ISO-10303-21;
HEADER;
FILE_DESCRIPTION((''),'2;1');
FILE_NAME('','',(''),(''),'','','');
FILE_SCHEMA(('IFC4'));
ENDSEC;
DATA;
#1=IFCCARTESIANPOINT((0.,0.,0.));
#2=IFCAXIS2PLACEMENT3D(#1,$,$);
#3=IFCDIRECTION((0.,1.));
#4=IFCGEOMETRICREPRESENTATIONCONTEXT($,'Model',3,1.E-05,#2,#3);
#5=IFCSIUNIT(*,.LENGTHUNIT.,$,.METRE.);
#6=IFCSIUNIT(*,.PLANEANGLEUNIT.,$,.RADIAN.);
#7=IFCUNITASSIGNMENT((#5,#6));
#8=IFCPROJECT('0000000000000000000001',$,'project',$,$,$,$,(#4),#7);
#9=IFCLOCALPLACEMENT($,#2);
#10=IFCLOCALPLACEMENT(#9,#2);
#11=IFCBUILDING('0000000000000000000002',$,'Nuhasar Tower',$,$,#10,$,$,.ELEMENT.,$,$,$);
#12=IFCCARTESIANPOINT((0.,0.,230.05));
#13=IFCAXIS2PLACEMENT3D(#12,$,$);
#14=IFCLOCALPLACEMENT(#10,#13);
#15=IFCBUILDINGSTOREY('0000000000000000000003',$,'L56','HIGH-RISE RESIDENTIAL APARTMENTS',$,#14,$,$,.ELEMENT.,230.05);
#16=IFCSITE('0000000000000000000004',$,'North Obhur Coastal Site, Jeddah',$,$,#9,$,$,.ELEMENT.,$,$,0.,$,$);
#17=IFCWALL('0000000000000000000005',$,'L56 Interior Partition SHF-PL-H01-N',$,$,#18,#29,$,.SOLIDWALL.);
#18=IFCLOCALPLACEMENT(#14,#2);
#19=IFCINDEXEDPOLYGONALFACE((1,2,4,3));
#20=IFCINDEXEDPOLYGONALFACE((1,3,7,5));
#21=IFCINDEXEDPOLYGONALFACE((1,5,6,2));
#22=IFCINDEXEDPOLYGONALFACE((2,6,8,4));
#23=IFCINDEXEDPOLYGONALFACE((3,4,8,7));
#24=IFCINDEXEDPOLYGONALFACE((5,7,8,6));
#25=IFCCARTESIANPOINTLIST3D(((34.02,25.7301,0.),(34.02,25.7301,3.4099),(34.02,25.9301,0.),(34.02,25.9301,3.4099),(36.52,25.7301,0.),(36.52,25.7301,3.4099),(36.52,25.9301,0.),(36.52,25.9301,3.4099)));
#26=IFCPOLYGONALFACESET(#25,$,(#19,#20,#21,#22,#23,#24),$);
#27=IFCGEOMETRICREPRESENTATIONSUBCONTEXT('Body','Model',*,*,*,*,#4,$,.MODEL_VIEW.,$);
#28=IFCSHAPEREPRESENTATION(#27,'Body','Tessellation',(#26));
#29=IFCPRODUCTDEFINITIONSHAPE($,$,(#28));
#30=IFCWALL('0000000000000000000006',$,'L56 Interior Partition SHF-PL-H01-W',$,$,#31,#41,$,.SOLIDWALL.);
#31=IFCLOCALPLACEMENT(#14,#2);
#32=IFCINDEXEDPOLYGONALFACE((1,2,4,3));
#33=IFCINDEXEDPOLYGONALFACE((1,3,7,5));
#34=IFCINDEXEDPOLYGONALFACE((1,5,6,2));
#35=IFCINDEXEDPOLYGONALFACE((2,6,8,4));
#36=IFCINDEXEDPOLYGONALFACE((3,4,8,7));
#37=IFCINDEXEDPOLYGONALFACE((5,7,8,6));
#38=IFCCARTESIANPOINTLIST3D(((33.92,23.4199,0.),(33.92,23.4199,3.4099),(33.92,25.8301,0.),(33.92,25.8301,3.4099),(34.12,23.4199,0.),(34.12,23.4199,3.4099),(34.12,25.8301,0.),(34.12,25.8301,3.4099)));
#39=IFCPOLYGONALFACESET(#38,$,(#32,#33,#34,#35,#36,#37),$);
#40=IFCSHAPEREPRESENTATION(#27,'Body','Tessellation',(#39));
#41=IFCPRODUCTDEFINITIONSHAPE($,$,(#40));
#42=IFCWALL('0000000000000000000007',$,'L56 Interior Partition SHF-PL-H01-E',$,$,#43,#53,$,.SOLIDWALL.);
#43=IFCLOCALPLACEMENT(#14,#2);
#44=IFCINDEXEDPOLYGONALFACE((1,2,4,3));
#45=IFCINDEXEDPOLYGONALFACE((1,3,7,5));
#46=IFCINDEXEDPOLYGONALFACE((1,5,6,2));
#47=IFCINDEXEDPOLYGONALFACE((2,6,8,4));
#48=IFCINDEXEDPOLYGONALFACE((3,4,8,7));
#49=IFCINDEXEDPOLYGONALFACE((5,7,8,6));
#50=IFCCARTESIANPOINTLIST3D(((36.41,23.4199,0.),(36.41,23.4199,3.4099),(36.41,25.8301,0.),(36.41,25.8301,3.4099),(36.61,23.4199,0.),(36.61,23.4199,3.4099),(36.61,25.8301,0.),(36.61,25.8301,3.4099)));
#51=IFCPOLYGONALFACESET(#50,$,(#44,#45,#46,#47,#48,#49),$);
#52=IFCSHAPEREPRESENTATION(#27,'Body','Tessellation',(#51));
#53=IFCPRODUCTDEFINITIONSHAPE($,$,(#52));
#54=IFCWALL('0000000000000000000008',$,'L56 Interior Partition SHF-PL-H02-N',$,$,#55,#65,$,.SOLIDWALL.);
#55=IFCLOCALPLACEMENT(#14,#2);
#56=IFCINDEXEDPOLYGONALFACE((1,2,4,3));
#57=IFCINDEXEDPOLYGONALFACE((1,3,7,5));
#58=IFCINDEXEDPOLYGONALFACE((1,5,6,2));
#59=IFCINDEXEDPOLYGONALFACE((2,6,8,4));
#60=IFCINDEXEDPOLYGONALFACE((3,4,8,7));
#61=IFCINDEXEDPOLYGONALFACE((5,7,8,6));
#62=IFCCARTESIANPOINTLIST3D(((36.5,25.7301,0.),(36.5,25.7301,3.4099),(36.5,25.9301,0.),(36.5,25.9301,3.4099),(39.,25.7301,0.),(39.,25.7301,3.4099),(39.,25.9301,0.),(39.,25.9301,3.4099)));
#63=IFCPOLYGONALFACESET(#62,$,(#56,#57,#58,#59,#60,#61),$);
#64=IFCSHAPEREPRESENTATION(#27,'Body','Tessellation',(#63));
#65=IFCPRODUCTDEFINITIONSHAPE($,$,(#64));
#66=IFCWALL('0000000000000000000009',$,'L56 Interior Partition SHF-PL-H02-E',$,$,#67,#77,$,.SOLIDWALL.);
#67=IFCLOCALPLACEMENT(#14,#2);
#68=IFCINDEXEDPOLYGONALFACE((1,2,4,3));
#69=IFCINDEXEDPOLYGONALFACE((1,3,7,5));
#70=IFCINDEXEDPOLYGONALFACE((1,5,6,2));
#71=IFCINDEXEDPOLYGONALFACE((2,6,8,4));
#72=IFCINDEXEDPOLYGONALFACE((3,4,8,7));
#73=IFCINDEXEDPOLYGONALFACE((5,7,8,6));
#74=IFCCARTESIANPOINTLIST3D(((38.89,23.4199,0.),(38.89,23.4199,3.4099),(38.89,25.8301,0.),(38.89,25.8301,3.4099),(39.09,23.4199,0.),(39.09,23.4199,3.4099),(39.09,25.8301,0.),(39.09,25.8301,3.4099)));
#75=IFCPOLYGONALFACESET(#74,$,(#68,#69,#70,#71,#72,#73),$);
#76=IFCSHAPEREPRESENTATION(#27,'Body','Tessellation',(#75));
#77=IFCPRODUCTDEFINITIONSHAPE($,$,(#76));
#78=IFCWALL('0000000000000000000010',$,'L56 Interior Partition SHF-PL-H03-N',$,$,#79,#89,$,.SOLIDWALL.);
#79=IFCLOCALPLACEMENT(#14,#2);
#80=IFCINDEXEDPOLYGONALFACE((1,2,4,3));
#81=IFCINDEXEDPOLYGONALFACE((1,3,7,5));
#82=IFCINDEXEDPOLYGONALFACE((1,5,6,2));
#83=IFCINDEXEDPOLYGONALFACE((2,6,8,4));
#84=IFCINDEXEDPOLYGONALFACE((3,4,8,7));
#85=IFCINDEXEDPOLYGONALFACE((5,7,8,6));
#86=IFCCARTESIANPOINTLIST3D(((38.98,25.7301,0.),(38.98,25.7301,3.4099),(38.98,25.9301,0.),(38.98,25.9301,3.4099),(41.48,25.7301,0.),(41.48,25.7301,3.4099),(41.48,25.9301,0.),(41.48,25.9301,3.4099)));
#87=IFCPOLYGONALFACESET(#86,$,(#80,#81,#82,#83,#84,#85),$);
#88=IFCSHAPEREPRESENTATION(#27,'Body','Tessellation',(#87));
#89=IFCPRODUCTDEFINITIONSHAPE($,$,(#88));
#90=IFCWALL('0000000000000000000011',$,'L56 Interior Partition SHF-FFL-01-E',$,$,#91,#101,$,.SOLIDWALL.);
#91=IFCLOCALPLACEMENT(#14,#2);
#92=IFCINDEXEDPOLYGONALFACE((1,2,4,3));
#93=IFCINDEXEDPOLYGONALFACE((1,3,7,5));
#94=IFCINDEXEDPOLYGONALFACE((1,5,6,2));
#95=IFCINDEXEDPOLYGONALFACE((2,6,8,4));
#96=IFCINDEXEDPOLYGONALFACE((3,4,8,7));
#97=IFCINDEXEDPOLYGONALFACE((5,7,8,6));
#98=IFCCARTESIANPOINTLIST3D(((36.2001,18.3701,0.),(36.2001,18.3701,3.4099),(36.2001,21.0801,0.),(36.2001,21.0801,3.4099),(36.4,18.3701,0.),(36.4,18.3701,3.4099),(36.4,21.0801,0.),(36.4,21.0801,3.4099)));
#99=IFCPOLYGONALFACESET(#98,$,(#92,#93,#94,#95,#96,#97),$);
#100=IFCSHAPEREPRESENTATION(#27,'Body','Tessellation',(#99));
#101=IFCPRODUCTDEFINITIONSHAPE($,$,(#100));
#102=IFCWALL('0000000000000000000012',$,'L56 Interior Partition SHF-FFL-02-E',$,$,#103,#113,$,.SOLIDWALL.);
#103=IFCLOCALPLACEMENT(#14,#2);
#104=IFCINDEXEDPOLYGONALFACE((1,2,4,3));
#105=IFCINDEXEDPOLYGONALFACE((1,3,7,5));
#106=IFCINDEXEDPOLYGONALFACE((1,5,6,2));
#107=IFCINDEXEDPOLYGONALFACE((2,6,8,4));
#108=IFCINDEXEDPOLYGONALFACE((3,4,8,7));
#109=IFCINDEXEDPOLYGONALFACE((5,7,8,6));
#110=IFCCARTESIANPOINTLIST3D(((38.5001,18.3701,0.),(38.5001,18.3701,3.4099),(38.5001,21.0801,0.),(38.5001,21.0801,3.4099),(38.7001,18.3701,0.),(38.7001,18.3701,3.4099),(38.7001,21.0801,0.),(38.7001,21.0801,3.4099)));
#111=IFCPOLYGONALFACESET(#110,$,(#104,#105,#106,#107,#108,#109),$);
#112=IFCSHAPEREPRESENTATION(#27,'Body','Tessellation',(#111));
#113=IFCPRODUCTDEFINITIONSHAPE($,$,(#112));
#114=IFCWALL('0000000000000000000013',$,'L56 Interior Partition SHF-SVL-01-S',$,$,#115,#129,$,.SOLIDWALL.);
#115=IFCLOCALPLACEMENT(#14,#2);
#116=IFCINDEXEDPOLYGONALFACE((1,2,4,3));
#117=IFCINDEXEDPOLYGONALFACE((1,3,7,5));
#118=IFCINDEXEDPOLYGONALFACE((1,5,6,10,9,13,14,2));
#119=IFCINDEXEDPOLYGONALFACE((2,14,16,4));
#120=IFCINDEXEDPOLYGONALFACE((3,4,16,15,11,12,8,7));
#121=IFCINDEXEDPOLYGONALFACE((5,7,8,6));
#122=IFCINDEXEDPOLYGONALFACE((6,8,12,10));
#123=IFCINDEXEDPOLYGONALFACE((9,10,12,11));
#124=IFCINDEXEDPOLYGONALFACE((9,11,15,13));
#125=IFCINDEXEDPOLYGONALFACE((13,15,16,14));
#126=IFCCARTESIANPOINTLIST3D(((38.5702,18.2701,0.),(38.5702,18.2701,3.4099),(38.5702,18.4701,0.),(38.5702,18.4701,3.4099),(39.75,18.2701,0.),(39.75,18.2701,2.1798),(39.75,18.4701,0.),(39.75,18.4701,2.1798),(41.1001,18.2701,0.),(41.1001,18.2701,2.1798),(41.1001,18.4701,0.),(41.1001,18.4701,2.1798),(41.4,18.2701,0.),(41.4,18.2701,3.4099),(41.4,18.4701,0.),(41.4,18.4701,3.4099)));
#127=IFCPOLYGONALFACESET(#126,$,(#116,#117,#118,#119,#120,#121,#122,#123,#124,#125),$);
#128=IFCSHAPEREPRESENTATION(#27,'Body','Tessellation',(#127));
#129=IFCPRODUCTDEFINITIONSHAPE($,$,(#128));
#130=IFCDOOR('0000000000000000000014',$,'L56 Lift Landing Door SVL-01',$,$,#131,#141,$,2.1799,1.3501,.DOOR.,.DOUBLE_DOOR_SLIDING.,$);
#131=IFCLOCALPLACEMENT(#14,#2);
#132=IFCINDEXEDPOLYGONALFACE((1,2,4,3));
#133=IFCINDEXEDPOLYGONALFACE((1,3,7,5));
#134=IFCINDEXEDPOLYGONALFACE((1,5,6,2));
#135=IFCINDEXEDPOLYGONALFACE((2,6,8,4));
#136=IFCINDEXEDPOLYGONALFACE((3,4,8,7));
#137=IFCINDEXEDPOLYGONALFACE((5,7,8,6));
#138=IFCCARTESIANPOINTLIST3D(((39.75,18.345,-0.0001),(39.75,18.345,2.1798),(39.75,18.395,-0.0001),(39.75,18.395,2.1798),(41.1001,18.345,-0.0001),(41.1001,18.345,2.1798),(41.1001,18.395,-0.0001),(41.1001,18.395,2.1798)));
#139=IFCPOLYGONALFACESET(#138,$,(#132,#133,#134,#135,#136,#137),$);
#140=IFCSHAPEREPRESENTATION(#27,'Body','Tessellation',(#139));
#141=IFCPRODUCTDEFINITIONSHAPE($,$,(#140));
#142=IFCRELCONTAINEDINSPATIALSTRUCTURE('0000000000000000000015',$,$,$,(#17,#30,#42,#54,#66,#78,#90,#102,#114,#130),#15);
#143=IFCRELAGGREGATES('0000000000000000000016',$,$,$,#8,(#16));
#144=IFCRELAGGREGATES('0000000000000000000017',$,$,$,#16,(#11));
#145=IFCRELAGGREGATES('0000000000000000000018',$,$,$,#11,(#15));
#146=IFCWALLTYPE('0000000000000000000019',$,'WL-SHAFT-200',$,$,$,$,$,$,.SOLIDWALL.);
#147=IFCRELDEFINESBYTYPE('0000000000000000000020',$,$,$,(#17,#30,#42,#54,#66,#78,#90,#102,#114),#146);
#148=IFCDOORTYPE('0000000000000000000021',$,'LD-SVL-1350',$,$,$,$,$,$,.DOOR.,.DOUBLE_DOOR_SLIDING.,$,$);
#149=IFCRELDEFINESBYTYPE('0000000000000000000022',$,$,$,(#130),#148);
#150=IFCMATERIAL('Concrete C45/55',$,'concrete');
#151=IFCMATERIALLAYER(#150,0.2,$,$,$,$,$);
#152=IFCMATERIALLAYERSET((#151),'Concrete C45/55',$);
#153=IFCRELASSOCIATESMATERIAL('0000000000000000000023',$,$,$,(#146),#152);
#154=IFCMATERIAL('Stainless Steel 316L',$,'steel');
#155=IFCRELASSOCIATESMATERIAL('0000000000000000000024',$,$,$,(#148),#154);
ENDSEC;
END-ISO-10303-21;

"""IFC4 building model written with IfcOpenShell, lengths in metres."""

from ifc_helpers import new_model, si_unit, direction, frame, frame_2d, origin, place, context, subcontext, project, spatial, rectangle, extrude, material, layer, layer_set, type_object, element, fill, save


model = new_model("IFC4")

# Units and contexts
model_context = context("Model", 3, precision=1e-05, world=origin(), true_north=direction((0.0, 1.0)))
body_context = subcontext(model_context, "Body", "Model", "MODEL_VIEW")
ifc_project = project(units=[si_unit("LENGTHUNIT", "METRE"), si_unit("PLANEANGLEUNIT", "RADIAN")], contexts=[model_context])

# Site, building, storey
site_placement = place(None, origin())
site = spatial("IfcSite", under=ifc_project, at=site_placement, Name="North Obhur Coastal Site, Jeddah", CompositionType="ELEMENT", RefElevation=0.0)
building_placement = place(site_placement, origin())
building = spatial("IfcBuilding", under=site, at=building_placement, Name="Nuhasar Tower", CompositionType="ELEMENT")
storey_placement = place(building_placement, frame((0.0, 0.0, 230.05)))
storey = spatial("IfcBuildingStorey", under=building, at=storey_placement, Name="L56", Description="HIGH-RISE RESIDENTIAL APARTMENTS", CompositionType="ELEMENT", Elevation=230.05)

# Shared definitions
ifc_material_1 = material(Name="Concrete C45/55", Category="concrete")

# Shared definitions
ifc_layer_1 = layer(ifc_material_1, 0.2)
ifc_layer_set_1 = layer_set([ifc_layer_1], Name="Concrete C45/55")
wall_type_1 = type_object("IfcWallType", Name="WL-SHAFT-200", PredefinedType="SOLIDWALL", material=ifc_layer_set_1)
ifc_material_2 = material(Name="Stainless Steel 316L", Category="steel")

# Walls
wall_1_placement = place(storey_placement, frame((34.02, 25.8301, 0.0), z_axis=(0.0, 0.0, 1.0), x_axis=(1.0, 0.0, 0.0)))
element("IfcWall", 1, at=wall_1_placement, inside=storey, type_object=wall_type_1, Name="L56 Interior Partition SHF-PL-H01-N", PredefinedType="SOLIDWALL", context=body_context, shape_type="SweptSolid", body=[
    extrude(rectangle(XDim=2.5, YDim=0.2, at=frame_2d((1.25, 0.0))), origin(), (0.0, 0.0, 1.0), 3.4099),
])
for number, where, z_axis, x_axis, name in (
    (2, (34.02, 23.4199, 0.0), (0.0, 0.0, 1.0), (0.0, 1.0, 0.0), "L56 Interior Partition SHF-PL-H01-W"),
    (3, (36.51, 23.4199, 0.0), (0.0, 0.0, 1.0), (0.0, 1.0, 0.0), "L56 Interior Partition SHF-PL-H01-E"),
):
    element("IfcWall", number, at=place(storey_placement, frame(where, z_axis=z_axis, x_axis=x_axis)), inside=storey, type_object=wall_type_1, Name=name, PredefinedType="SOLIDWALL", context=body_context, shape_type="SweptSolid", body=[
        extrude(rectangle(XDim=2.4102, YDim=0.2, at=frame_2d((1.2051, 0.0))), origin(), (0.0, 0.0, 1.0), 3.4099),
    ])

# Walls
wall_2_placement = place(storey_placement, frame((36.5, 25.8301, 0.0), z_axis=(0.0, 0.0, 1.0), x_axis=(1.0, 0.0, 0.0)))
element("IfcWall", 4, at=wall_2_placement, inside=storey, type_object=wall_type_1, Name="L56 Interior Partition SHF-PL-H02-N", PredefinedType="SOLIDWALL", context=body_context, shape_type="SweptSolid", body=[
    extrude(rectangle(XDim=2.5, YDim=0.2, at=frame_2d((1.25, 0.0))), origin(), (0.0, 0.0, 1.0), 3.4099),
])
wall_3_placement = place(storey_placement, frame((38.99, 23.4199, 0.0), z_axis=(0.0, 0.0, 1.0), x_axis=(0.0, 1.0, 0.0)))
element("IfcWall", 5, at=wall_3_placement, inside=storey, type_object=wall_type_1, Name="L56 Interior Partition SHF-PL-H02-E", PredefinedType="SOLIDWALL", context=body_context, shape_type="SweptSolid", body=[
    extrude(rectangle(XDim=2.4102, YDim=0.2, at=frame_2d((1.2051, 0.0))), origin(), (0.0, 0.0, 1.0), 3.4099),
])

# Walls
wall_4_placement = place(storey_placement, frame((38.98, 25.8301, 0.0), z_axis=(0.0, 0.0, 1.0), x_axis=(1.0, 0.0, 0.0)))
element("IfcWall", 6, at=wall_4_placement, inside=storey, type_object=wall_type_1, Name="L56 Interior Partition SHF-PL-H03-N", PredefinedType="SOLIDWALL", context=body_context, shape_type="SweptSolid", body=[
    extrude(rectangle(XDim=2.5, YDim=0.2, at=frame_2d((1.25, 0.0))), origin(), (0.0, 0.0, 1.0), 3.4099),
])
for number, where, z_axis, x_axis, name in (
    (7, (36.3, 18.3701, 0.0), (0.0, 0.0, 1.0), (0.0, 1.0, 0.0), "L56 Interior Partition SHF-FFL-01-E"),
    (8, (38.6001, 18.3701, 0.0), (0.0, 0.0, 1.0), (0.0, 1.0, 0.0), "L56 Interior Partition SHF-FFL-02-E"),
):
    element("IfcWall", number, at=place(storey_placement, frame(where, z_axis=z_axis, x_axis=x_axis)), inside=storey, type_object=wall_type_1, Name=name, PredefinedType="SOLIDWALL", context=body_context, shape_type="SweptSolid", body=[
        extrude(rectangle(XDim=2.71, YDim=0.2, at=frame_2d((1.355, 0.0))), origin(), (0.0, 0.0, 1.0), 3.4099),
    ])

# Wall, opening, door
wall_5_placement = place(storey_placement, frame((38.5701, 18.3701, 0.0), z_axis=(0.0, 0.0, 1.0), x_axis=(1.0, 0.0, 0.0)))
wall_5 = element("IfcWall", 9, at=wall_5_placement, inside=storey, type_object=wall_type_1, Name="L56 Interior Partition SHF-SVL-01-S", PredefinedType="SOLIDWALL", context=body_context, shape_type="SweptSolid", body=[
    extrude(rectangle(XDim=2.8298, YDim=0.2, at=frame_2d((1.415, 0.0))), origin(), (0.0, 0.0, 1.0), 3.4099),
])
opening_1_placement = place(wall_5_placement, frame((1.1799, 0.0, 0.0)))
opening_1 = element("IfcOpeningElement", 10, at=opening_1_placement, cuts=wall_5, PredefinedType="OPENING", context=body_context, shape_type="SweptSolid", body=[
    extrude(rectangle(XDim=1.3501, YDim=2.1799, at=frame_2d((0.675, 1.0898))), frame((0.0, 0.1099, 0.0), z_axis=(0.0, -1.0, 0.0), x_axis=(1.0, 0.0, 0.0)), (0.0, 0.0, 1.0), 0.22),
])
door_type_1 = type_object("IfcDoorType", Name="LD-SVL-1350", OperationType="DOUBLE_DOOR_SLIDING", PredefinedType="DOOR", material=ifc_material_2)
door_1_placement = place(opening_1_placement, origin())
door_1 = element("IfcDoor", 11, at=door_1_placement, inside=storey, type_object=door_type_1, Name="L56 Lift Landing Door SVL-01", OperationType="DOUBLE_DOOR_SLIDING", OverallHeight=2.1799, OverallWidth=1.3501, PredefinedType="DOOR", context=body_context, shape_type="SweptSolid", body=[
    extrude(rectangle(XDim=1.3501, YDim=2.1799, at=frame_2d((0.675, 1.0898))), frame((0.0, 0.0249, 0.0), z_axis=(0.0, -1.0, 0.0), x_axis=(1.0, 0.0, 0.0)), (0.0, 0.0, 1.0), 0.05),
])
fill(opening_1, door_1)

save(model, "model.ifc")
